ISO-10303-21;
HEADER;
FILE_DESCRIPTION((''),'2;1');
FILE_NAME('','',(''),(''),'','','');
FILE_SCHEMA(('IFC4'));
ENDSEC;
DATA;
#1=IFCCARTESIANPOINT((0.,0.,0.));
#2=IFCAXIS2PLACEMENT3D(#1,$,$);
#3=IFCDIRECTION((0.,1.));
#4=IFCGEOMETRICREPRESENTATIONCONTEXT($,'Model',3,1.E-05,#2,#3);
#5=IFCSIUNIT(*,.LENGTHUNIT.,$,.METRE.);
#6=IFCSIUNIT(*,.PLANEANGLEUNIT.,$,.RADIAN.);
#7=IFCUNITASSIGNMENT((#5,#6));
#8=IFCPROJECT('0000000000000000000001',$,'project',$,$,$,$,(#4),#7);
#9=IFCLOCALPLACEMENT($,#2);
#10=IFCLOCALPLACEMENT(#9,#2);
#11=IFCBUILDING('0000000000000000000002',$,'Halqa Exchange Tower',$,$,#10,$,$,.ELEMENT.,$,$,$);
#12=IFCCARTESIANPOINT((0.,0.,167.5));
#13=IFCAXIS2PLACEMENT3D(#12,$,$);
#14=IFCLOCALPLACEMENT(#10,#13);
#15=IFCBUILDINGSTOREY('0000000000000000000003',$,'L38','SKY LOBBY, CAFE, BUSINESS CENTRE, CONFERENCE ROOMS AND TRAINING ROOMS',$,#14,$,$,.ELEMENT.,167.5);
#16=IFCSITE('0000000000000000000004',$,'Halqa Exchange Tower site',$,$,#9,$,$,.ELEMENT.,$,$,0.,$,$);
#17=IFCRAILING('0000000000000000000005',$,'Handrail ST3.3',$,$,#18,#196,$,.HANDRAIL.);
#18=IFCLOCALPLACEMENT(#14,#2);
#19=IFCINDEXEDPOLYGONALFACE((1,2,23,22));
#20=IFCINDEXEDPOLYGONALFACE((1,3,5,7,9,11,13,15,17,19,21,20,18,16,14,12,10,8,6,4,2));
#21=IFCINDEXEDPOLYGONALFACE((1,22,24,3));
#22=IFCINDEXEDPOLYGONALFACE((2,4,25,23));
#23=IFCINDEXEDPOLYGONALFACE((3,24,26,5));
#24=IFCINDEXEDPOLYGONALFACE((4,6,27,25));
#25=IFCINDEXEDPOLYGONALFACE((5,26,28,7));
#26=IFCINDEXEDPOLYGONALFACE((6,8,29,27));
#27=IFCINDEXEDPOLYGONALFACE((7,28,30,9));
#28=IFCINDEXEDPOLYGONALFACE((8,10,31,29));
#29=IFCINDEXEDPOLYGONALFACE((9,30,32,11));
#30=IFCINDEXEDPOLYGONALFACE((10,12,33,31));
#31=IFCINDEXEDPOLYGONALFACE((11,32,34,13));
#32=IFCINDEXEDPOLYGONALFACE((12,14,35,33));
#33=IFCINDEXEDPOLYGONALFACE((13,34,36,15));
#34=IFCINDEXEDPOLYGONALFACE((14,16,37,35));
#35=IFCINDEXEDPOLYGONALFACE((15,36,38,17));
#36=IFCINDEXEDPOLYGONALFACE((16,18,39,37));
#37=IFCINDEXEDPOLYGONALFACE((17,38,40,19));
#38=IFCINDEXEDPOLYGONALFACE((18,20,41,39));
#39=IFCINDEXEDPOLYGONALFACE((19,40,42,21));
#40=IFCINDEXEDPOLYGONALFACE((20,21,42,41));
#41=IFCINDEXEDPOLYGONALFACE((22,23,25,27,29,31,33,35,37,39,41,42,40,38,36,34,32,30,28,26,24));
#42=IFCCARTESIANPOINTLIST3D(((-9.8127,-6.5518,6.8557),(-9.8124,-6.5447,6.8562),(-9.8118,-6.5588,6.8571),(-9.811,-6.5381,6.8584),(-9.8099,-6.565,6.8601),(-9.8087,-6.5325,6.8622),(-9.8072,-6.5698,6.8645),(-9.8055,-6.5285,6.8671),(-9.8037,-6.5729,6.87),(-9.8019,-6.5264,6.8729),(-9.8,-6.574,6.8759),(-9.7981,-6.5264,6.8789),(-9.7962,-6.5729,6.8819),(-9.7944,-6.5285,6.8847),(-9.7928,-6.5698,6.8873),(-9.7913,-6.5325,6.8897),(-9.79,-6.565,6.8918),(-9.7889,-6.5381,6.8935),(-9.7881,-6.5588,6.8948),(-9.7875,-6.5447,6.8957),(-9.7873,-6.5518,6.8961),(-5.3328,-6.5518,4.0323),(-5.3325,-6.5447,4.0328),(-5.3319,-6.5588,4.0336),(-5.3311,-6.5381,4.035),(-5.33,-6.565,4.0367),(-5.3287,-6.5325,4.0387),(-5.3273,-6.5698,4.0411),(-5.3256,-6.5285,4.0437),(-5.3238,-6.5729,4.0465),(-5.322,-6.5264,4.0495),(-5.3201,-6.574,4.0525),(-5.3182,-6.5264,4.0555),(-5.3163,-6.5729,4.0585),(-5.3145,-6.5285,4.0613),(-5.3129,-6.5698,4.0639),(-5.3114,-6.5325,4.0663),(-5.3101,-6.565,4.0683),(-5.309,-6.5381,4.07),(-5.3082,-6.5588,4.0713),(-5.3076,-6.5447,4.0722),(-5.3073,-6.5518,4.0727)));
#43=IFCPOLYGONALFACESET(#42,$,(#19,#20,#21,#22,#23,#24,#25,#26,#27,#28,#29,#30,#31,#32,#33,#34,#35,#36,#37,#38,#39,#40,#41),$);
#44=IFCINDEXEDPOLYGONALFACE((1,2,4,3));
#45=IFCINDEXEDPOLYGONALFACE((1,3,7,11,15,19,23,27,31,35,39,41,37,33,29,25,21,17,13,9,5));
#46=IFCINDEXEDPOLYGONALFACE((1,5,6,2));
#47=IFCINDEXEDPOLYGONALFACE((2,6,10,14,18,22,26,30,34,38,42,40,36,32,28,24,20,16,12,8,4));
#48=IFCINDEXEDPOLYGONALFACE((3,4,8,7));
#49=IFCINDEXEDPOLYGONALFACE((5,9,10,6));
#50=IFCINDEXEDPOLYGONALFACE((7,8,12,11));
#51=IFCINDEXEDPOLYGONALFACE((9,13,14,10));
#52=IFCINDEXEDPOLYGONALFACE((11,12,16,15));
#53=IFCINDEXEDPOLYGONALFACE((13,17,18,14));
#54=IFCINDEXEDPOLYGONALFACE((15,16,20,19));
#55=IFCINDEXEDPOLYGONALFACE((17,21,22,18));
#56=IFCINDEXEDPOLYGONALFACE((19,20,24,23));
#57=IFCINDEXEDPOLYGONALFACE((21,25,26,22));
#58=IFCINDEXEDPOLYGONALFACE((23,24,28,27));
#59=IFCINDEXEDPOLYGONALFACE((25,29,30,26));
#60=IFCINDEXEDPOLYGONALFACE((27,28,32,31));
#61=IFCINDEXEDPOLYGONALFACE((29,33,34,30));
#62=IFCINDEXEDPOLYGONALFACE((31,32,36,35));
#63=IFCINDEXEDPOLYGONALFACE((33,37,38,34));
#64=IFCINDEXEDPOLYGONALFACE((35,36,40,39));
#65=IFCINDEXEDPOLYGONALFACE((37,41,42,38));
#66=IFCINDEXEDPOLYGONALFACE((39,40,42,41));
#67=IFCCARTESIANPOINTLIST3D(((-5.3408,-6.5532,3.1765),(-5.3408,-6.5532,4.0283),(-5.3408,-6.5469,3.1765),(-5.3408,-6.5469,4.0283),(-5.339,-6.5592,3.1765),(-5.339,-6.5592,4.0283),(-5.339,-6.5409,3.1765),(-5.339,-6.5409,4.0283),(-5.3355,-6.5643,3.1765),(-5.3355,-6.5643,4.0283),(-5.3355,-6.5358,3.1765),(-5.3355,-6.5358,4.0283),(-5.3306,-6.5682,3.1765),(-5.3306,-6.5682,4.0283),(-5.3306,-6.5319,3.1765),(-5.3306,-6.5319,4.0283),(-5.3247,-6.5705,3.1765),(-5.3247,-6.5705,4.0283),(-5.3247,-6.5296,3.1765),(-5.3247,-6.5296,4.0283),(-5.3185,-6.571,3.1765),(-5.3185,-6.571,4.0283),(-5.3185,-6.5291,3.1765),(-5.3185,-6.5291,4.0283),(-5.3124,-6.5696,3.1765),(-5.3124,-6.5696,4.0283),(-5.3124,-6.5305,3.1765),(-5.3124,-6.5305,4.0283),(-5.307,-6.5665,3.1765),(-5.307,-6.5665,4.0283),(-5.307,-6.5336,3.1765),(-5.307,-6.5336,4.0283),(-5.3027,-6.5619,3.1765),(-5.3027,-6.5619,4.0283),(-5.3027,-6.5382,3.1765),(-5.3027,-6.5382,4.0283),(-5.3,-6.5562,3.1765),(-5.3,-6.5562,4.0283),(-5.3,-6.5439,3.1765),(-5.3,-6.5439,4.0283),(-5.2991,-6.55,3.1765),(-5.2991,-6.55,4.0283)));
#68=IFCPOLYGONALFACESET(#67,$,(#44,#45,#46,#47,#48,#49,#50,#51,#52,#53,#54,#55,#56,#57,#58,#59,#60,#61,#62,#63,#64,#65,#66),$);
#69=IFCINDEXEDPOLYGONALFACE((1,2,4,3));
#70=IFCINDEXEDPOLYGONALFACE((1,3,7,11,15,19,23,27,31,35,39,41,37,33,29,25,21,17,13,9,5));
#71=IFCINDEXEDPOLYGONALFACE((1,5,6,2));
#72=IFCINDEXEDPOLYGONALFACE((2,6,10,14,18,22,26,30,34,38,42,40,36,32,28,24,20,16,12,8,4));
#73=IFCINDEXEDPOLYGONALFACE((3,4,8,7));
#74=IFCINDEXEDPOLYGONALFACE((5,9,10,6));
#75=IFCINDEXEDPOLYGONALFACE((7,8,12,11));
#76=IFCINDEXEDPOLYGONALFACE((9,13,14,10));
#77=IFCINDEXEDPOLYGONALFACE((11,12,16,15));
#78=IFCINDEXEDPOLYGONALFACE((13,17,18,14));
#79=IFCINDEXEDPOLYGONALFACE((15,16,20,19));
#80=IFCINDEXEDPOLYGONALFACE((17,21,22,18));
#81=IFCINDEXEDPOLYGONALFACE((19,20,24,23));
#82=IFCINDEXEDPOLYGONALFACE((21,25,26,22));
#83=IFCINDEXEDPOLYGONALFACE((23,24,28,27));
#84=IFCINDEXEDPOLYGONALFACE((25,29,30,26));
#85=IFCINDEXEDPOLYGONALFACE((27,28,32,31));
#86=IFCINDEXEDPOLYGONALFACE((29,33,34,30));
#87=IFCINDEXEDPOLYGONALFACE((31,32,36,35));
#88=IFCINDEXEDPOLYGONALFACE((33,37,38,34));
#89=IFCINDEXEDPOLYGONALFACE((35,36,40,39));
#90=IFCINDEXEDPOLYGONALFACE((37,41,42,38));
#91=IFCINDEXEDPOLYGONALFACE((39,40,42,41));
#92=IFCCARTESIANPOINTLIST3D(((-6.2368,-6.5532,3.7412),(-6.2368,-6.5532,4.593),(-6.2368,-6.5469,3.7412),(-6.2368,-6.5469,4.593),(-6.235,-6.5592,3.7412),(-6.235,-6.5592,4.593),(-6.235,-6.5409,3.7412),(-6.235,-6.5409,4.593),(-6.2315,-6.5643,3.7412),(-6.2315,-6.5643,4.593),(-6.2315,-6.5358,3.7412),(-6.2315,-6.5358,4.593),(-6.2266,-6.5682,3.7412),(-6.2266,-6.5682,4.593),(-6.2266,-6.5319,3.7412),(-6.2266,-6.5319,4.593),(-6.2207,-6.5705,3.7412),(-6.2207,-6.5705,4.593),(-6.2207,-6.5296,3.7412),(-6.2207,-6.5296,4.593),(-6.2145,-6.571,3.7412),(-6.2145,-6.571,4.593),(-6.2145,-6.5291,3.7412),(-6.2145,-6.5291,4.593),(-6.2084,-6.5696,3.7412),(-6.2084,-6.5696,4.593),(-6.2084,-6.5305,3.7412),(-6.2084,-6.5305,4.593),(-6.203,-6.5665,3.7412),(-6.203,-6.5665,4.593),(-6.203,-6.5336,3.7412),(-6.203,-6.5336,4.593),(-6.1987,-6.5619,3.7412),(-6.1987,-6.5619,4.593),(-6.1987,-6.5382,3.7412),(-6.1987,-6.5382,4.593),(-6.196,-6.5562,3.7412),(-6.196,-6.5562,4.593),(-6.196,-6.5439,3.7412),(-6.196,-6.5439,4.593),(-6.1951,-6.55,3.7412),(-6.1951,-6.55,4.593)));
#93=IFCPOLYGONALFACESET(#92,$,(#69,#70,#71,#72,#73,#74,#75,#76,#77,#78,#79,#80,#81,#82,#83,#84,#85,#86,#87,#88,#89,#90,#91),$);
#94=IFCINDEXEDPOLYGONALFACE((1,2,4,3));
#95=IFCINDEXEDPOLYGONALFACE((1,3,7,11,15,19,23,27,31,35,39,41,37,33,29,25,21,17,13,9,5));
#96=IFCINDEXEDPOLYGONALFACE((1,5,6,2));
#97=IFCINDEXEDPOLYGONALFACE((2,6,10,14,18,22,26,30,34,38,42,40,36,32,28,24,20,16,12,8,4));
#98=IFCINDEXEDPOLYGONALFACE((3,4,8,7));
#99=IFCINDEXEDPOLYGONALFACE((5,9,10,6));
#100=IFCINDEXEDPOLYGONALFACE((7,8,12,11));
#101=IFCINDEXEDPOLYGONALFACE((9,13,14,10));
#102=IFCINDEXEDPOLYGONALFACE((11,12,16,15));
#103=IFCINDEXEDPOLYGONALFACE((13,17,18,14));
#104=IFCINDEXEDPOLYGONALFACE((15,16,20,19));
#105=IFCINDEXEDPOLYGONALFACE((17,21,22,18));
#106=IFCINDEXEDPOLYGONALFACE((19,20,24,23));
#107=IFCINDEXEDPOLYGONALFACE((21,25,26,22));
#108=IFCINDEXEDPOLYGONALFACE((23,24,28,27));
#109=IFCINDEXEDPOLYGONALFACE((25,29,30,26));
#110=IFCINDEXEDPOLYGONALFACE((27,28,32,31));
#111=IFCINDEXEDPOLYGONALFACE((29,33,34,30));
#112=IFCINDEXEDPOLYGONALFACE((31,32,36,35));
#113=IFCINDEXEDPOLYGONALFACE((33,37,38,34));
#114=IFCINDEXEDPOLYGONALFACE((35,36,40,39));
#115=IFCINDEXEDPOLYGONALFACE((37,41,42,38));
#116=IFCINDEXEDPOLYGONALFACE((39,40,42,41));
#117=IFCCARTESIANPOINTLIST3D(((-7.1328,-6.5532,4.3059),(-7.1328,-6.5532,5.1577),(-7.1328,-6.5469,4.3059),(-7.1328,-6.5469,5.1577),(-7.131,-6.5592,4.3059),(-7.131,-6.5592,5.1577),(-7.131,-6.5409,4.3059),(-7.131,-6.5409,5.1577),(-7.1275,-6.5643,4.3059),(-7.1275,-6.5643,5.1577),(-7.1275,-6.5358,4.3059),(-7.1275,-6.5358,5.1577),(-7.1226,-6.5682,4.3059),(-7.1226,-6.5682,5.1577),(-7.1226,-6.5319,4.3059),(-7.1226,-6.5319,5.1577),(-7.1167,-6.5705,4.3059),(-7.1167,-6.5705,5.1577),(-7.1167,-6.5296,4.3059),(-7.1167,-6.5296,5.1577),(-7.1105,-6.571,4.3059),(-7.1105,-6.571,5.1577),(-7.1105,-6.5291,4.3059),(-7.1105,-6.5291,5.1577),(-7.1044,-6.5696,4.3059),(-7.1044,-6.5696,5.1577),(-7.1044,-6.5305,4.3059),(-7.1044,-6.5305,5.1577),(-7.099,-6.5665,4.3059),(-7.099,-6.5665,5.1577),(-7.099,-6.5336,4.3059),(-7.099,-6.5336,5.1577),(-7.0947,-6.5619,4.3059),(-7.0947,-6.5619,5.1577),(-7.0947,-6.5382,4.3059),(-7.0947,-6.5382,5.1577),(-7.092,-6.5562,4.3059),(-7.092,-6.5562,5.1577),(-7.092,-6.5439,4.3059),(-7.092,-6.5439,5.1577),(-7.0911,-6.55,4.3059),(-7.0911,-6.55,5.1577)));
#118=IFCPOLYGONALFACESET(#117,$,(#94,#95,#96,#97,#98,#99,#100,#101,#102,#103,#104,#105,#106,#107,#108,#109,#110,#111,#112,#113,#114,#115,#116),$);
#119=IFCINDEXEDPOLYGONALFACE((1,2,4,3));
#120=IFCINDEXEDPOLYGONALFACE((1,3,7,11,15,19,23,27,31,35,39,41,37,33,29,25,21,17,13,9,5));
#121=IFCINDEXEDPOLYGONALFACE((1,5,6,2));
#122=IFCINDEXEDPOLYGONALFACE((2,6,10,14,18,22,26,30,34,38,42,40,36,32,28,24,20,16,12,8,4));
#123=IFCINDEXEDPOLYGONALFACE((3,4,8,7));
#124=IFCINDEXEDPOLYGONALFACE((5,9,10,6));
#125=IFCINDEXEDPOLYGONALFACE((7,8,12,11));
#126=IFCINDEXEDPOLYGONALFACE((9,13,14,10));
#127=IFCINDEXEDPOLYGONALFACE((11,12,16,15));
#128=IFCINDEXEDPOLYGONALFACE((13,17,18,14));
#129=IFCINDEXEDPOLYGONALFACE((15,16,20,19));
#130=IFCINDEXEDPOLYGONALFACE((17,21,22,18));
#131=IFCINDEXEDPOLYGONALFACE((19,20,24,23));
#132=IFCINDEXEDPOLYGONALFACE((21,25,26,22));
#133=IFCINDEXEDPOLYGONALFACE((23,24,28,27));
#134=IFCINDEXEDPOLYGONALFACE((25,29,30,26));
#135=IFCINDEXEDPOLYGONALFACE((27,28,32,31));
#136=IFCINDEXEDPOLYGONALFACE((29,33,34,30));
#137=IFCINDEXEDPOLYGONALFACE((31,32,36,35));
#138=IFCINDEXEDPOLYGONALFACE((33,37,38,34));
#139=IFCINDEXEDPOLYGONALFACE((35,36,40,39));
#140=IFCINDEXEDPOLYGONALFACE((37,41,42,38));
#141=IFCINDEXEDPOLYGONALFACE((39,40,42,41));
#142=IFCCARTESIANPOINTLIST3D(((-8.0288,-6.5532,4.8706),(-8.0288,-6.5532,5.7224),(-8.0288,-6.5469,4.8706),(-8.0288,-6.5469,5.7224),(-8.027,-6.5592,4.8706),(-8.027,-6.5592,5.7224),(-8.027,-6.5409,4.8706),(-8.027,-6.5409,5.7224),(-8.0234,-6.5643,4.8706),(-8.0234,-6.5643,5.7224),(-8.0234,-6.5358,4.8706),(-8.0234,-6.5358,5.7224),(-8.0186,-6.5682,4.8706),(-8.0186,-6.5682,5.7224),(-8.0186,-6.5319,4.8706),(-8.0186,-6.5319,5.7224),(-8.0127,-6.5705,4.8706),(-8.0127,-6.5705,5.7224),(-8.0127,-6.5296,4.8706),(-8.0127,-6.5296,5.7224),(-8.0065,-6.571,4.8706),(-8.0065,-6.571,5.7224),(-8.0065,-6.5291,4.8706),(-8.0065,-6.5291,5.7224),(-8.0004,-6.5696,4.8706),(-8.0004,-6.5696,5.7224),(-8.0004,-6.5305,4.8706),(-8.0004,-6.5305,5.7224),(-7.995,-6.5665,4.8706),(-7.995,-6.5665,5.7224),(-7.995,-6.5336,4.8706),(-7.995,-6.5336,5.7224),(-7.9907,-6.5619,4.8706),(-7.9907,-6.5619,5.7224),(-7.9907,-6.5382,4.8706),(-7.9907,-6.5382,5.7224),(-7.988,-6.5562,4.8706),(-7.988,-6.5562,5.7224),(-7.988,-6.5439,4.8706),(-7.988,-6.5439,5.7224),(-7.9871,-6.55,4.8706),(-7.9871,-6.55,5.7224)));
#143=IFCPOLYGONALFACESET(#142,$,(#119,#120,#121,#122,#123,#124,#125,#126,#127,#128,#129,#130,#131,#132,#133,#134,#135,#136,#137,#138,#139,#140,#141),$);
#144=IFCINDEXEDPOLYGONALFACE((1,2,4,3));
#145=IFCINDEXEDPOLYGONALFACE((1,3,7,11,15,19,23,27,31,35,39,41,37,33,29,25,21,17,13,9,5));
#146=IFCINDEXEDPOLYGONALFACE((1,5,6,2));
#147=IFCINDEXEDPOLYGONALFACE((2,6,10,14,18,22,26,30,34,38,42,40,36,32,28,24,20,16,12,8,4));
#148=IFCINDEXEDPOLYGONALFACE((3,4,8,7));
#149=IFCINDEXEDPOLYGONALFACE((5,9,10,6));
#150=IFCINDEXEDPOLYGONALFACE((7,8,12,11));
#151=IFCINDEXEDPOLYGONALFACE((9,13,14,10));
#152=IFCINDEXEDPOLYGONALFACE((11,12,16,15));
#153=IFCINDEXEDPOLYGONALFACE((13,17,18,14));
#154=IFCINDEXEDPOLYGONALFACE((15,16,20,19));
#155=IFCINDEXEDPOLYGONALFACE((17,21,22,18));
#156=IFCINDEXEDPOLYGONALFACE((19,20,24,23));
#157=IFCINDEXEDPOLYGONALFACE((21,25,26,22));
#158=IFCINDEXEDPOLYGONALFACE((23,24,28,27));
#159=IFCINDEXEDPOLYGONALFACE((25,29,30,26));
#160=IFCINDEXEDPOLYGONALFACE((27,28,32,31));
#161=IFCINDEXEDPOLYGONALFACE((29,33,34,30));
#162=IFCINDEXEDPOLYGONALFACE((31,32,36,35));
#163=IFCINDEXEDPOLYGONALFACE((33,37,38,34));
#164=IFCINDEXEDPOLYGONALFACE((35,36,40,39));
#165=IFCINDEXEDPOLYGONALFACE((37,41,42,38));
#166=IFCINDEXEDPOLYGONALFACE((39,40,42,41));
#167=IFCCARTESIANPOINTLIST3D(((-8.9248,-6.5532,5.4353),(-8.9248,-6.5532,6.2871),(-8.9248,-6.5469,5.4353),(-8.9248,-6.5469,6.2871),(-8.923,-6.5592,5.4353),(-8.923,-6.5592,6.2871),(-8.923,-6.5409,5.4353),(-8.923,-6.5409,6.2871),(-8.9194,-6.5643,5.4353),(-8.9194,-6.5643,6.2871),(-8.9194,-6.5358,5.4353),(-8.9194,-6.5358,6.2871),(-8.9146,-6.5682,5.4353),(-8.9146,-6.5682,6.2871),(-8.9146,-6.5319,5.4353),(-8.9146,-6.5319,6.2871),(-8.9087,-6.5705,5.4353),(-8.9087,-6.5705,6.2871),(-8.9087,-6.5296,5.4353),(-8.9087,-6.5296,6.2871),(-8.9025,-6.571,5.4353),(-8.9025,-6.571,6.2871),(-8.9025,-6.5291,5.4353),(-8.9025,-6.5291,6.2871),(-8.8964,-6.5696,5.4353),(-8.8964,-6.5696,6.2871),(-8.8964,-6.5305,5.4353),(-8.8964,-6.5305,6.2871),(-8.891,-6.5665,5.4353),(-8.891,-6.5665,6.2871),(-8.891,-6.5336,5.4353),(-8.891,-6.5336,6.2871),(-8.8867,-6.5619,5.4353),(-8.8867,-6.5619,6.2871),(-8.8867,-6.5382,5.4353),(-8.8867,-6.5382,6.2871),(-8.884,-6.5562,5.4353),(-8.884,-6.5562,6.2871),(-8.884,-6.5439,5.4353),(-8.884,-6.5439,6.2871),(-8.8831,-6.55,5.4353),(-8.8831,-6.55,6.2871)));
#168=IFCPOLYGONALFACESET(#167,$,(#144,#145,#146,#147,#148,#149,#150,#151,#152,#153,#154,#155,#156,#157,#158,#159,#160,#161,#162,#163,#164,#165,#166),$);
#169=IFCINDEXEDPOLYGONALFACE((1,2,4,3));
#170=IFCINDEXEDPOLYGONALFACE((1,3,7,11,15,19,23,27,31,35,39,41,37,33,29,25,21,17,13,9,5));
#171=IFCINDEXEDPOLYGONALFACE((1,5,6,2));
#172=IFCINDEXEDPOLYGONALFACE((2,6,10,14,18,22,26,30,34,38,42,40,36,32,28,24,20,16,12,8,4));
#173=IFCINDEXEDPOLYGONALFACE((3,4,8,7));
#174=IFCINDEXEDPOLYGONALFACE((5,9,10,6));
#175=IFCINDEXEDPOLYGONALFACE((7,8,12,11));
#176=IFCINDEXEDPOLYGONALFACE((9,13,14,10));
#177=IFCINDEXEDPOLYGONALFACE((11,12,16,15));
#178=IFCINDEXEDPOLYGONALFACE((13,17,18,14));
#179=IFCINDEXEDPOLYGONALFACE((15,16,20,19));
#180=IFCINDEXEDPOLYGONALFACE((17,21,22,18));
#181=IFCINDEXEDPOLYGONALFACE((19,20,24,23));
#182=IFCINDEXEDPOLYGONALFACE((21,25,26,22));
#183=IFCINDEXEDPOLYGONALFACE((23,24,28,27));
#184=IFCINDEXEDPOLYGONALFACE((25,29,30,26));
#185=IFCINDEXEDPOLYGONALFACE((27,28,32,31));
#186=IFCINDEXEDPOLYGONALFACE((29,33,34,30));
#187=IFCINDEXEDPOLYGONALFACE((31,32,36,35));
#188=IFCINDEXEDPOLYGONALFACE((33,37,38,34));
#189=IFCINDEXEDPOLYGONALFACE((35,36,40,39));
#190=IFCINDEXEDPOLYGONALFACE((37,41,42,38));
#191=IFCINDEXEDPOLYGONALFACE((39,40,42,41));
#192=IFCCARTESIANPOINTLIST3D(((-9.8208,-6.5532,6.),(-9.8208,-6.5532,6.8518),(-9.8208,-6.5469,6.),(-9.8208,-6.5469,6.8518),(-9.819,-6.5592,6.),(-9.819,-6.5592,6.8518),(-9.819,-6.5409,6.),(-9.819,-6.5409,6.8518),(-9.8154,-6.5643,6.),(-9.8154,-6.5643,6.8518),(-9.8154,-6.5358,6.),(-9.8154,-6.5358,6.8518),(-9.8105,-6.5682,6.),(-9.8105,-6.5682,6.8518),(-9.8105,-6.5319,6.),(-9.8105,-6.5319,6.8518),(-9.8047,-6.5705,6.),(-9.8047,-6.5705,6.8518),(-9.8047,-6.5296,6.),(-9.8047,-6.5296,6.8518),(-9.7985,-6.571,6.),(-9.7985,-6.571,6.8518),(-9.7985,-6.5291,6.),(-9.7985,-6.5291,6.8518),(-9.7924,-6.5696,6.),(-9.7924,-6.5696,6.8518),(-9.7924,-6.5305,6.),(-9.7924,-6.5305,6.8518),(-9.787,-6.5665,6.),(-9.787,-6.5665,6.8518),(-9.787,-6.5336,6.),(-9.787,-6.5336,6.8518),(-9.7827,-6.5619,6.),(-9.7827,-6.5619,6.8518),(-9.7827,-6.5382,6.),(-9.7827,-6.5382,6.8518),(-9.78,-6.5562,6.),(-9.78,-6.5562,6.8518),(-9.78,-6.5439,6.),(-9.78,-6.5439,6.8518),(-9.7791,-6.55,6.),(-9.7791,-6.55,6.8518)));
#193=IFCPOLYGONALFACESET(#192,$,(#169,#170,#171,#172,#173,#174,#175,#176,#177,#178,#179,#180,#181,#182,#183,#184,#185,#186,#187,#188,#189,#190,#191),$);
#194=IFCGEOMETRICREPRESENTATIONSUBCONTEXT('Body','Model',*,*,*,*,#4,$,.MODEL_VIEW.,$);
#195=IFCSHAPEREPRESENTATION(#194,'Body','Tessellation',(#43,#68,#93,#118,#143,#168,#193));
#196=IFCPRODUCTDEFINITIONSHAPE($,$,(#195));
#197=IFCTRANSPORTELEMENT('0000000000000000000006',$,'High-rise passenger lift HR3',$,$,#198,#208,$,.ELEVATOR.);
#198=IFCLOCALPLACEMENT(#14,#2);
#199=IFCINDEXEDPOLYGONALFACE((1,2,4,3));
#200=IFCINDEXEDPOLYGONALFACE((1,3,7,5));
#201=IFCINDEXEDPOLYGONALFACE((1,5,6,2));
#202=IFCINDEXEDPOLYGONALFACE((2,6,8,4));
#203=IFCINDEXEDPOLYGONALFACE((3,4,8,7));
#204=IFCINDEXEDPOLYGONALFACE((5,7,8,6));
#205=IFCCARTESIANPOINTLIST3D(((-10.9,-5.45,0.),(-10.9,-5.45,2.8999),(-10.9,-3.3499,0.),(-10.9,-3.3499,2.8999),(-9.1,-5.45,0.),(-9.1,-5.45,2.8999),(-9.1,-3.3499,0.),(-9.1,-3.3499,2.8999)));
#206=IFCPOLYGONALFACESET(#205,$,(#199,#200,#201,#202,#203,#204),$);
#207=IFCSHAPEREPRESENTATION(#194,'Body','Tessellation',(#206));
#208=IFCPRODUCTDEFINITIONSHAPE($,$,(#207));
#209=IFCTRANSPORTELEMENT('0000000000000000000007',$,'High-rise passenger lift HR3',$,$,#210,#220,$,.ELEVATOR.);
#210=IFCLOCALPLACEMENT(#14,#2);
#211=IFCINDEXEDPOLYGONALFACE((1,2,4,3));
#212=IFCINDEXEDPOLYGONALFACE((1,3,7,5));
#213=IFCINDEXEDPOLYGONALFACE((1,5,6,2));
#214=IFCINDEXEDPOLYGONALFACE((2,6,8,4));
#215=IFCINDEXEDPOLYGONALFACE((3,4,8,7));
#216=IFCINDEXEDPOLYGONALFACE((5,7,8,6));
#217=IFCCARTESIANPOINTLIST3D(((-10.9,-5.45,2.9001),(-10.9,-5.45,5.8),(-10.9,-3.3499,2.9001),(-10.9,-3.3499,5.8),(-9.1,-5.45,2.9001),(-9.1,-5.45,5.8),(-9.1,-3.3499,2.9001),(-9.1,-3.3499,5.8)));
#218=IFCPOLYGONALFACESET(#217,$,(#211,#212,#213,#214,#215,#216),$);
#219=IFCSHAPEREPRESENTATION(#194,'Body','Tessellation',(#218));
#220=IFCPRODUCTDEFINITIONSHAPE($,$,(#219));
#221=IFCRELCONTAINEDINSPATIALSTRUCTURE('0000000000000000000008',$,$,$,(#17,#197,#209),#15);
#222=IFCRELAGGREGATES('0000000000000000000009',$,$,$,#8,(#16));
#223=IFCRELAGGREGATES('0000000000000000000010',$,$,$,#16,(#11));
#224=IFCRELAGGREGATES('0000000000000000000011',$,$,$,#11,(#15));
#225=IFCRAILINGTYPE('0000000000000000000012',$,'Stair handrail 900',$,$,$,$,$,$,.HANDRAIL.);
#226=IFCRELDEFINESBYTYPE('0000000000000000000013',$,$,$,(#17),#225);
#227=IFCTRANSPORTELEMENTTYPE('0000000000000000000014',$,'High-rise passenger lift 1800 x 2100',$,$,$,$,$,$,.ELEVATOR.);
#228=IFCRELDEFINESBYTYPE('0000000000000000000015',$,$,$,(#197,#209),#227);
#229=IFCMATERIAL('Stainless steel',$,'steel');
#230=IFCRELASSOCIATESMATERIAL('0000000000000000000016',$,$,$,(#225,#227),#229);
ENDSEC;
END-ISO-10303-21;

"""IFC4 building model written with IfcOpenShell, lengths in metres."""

from ifc_helpers import new_model, si_unit, direction, frame, origin, origin_2d, place, context, subcontext, project, spatial, rectangle, circle, extrude, material, type_object, element, save


model = new_model("IFC4")

# Units and contexts
model_context = context("Model", 3, precision=1e-05, world=origin(), true_north=direction((0.0, 1.0)))
body_context = subcontext(model_context, "Body", "Model", "MODEL_VIEW")
ifc_project = project(units=[si_unit("LENGTHUNIT", "METRE"), si_unit("PLANEANGLEUNIT", "RADIAN")], contexts=[model_context])

# Site, building, storey
site_placement = place(None, origin())
site = spatial("IfcSite", under=ifc_project, at=site_placement, Name="Halqa Exchange Tower site", CompositionType="ELEMENT", RefElevation=0.0)
building_placement = place(site_placement, origin())
building = spatial("IfcBuilding", under=site, at=building_placement, Name="Halqa Exchange Tower", CompositionType="ELEMENT")
storey_placement = place(building_placement, frame((0.0, 0.0, 167.5)))
storey = spatial("IfcBuildingStorey", under=building, at=storey_placement, Name="L38", Description="SKY LOBBY, CAFE, BUSINESS CENTRE, CONFERENCE ROOMS AND TRAINING ROOMS", CompositionType="ELEMENT", Elevation=167.5)

# Shared definitions
ifc_material_1 = material(Name="Stainless steel", Category="steel")

# Railing
railing_type = type_object("IfcRailingType", Name="Stair handrail 900", PredefinedType="HANDRAIL", material=ifc_material_1)
railing_placement = place(storey_placement, frame((-5.3201, -6.55, 3.1765)))
element("IfcRailing", 1, at=railing_placement, inside=storey, type_object=railing_type, Name="Handrail ST3.3", PredefinedType="HANDRAIL", context=body_context, shape_type="SweptSolid", body=[
    extrude(circle(Radius=0.0239, at=origin_2d()), frame((0.0, 0.0, 0.876), z_axis=(-0.845998, 0.0, 0.533186), x_axis=(0.0, -1.0, 0.0)), (0.0, 0.0, 1.0), 5.2954),
    extrude(circle(Radius=0.021, at=origin_2d()), origin(), (0.0, 0.0, 1.0), 0.8518),
    extrude(circle(Radius=0.021, at=origin_2d()), frame((-0.896, 0.0, 0.5647)), (0.0, 0.0, 1.0), 0.8518),
    extrude(circle(Radius=0.021, at=origin_2d()), frame((-1.792, 0.0, 1.1294)), (0.0, 0.0, 1.0), 0.8518),
    extrude(circle(Radius=0.021, at=origin_2d()), frame((-2.688, 0.0, 1.6941)), (0.0, 0.0, 1.0), 0.8518),
    extrude(circle(Radius=0.021, at=origin_2d()), frame((-3.584, 0.0, 2.2588)), (0.0, 0.0, 1.0), 0.8518),
    extrude(circle(Radius=0.021, at=origin_2d()), frame((-4.48, 0.0, 2.8235)), (0.0, 0.0, 1.0), 0.8518),
])

# Transport elements
transport_element_type_1 = type_object("IfcTransportElementType", Name="High-rise passenger lift 1800 x 2100", PredefinedType="ELEVATOR", material=ifc_material_1)
for number, where, z_axis, x_axis, name in (
    (2, (-10.0, -4.3999, 0.0), (0.0, 0.0, 1.0), (1.0, 0.0, 0.0), "High-rise passenger lift HR3"),
    (3, (-10.0, -4.3999, 2.9001), (0.0, 0.0, 1.0), (1.0, 0.0, 0.0), "High-rise passenger lift HR3"),
):
    element("IfcTransportElement", number, at=place(storey_placement, frame(where, z_axis=z_axis, x_axis=x_axis)), inside=storey, type_object=transport_element_type_1, Name=name, PredefinedType="ELEVATOR", context=body_context, shape_type="SweptSolid", body=[
        extrude(rectangle(XDim=1.8, YDim=2.1001, at=origin_2d()), origin(), (0.0, 0.0, 1.0), 2.8999),
    ])

save(model, "model.ifc")
